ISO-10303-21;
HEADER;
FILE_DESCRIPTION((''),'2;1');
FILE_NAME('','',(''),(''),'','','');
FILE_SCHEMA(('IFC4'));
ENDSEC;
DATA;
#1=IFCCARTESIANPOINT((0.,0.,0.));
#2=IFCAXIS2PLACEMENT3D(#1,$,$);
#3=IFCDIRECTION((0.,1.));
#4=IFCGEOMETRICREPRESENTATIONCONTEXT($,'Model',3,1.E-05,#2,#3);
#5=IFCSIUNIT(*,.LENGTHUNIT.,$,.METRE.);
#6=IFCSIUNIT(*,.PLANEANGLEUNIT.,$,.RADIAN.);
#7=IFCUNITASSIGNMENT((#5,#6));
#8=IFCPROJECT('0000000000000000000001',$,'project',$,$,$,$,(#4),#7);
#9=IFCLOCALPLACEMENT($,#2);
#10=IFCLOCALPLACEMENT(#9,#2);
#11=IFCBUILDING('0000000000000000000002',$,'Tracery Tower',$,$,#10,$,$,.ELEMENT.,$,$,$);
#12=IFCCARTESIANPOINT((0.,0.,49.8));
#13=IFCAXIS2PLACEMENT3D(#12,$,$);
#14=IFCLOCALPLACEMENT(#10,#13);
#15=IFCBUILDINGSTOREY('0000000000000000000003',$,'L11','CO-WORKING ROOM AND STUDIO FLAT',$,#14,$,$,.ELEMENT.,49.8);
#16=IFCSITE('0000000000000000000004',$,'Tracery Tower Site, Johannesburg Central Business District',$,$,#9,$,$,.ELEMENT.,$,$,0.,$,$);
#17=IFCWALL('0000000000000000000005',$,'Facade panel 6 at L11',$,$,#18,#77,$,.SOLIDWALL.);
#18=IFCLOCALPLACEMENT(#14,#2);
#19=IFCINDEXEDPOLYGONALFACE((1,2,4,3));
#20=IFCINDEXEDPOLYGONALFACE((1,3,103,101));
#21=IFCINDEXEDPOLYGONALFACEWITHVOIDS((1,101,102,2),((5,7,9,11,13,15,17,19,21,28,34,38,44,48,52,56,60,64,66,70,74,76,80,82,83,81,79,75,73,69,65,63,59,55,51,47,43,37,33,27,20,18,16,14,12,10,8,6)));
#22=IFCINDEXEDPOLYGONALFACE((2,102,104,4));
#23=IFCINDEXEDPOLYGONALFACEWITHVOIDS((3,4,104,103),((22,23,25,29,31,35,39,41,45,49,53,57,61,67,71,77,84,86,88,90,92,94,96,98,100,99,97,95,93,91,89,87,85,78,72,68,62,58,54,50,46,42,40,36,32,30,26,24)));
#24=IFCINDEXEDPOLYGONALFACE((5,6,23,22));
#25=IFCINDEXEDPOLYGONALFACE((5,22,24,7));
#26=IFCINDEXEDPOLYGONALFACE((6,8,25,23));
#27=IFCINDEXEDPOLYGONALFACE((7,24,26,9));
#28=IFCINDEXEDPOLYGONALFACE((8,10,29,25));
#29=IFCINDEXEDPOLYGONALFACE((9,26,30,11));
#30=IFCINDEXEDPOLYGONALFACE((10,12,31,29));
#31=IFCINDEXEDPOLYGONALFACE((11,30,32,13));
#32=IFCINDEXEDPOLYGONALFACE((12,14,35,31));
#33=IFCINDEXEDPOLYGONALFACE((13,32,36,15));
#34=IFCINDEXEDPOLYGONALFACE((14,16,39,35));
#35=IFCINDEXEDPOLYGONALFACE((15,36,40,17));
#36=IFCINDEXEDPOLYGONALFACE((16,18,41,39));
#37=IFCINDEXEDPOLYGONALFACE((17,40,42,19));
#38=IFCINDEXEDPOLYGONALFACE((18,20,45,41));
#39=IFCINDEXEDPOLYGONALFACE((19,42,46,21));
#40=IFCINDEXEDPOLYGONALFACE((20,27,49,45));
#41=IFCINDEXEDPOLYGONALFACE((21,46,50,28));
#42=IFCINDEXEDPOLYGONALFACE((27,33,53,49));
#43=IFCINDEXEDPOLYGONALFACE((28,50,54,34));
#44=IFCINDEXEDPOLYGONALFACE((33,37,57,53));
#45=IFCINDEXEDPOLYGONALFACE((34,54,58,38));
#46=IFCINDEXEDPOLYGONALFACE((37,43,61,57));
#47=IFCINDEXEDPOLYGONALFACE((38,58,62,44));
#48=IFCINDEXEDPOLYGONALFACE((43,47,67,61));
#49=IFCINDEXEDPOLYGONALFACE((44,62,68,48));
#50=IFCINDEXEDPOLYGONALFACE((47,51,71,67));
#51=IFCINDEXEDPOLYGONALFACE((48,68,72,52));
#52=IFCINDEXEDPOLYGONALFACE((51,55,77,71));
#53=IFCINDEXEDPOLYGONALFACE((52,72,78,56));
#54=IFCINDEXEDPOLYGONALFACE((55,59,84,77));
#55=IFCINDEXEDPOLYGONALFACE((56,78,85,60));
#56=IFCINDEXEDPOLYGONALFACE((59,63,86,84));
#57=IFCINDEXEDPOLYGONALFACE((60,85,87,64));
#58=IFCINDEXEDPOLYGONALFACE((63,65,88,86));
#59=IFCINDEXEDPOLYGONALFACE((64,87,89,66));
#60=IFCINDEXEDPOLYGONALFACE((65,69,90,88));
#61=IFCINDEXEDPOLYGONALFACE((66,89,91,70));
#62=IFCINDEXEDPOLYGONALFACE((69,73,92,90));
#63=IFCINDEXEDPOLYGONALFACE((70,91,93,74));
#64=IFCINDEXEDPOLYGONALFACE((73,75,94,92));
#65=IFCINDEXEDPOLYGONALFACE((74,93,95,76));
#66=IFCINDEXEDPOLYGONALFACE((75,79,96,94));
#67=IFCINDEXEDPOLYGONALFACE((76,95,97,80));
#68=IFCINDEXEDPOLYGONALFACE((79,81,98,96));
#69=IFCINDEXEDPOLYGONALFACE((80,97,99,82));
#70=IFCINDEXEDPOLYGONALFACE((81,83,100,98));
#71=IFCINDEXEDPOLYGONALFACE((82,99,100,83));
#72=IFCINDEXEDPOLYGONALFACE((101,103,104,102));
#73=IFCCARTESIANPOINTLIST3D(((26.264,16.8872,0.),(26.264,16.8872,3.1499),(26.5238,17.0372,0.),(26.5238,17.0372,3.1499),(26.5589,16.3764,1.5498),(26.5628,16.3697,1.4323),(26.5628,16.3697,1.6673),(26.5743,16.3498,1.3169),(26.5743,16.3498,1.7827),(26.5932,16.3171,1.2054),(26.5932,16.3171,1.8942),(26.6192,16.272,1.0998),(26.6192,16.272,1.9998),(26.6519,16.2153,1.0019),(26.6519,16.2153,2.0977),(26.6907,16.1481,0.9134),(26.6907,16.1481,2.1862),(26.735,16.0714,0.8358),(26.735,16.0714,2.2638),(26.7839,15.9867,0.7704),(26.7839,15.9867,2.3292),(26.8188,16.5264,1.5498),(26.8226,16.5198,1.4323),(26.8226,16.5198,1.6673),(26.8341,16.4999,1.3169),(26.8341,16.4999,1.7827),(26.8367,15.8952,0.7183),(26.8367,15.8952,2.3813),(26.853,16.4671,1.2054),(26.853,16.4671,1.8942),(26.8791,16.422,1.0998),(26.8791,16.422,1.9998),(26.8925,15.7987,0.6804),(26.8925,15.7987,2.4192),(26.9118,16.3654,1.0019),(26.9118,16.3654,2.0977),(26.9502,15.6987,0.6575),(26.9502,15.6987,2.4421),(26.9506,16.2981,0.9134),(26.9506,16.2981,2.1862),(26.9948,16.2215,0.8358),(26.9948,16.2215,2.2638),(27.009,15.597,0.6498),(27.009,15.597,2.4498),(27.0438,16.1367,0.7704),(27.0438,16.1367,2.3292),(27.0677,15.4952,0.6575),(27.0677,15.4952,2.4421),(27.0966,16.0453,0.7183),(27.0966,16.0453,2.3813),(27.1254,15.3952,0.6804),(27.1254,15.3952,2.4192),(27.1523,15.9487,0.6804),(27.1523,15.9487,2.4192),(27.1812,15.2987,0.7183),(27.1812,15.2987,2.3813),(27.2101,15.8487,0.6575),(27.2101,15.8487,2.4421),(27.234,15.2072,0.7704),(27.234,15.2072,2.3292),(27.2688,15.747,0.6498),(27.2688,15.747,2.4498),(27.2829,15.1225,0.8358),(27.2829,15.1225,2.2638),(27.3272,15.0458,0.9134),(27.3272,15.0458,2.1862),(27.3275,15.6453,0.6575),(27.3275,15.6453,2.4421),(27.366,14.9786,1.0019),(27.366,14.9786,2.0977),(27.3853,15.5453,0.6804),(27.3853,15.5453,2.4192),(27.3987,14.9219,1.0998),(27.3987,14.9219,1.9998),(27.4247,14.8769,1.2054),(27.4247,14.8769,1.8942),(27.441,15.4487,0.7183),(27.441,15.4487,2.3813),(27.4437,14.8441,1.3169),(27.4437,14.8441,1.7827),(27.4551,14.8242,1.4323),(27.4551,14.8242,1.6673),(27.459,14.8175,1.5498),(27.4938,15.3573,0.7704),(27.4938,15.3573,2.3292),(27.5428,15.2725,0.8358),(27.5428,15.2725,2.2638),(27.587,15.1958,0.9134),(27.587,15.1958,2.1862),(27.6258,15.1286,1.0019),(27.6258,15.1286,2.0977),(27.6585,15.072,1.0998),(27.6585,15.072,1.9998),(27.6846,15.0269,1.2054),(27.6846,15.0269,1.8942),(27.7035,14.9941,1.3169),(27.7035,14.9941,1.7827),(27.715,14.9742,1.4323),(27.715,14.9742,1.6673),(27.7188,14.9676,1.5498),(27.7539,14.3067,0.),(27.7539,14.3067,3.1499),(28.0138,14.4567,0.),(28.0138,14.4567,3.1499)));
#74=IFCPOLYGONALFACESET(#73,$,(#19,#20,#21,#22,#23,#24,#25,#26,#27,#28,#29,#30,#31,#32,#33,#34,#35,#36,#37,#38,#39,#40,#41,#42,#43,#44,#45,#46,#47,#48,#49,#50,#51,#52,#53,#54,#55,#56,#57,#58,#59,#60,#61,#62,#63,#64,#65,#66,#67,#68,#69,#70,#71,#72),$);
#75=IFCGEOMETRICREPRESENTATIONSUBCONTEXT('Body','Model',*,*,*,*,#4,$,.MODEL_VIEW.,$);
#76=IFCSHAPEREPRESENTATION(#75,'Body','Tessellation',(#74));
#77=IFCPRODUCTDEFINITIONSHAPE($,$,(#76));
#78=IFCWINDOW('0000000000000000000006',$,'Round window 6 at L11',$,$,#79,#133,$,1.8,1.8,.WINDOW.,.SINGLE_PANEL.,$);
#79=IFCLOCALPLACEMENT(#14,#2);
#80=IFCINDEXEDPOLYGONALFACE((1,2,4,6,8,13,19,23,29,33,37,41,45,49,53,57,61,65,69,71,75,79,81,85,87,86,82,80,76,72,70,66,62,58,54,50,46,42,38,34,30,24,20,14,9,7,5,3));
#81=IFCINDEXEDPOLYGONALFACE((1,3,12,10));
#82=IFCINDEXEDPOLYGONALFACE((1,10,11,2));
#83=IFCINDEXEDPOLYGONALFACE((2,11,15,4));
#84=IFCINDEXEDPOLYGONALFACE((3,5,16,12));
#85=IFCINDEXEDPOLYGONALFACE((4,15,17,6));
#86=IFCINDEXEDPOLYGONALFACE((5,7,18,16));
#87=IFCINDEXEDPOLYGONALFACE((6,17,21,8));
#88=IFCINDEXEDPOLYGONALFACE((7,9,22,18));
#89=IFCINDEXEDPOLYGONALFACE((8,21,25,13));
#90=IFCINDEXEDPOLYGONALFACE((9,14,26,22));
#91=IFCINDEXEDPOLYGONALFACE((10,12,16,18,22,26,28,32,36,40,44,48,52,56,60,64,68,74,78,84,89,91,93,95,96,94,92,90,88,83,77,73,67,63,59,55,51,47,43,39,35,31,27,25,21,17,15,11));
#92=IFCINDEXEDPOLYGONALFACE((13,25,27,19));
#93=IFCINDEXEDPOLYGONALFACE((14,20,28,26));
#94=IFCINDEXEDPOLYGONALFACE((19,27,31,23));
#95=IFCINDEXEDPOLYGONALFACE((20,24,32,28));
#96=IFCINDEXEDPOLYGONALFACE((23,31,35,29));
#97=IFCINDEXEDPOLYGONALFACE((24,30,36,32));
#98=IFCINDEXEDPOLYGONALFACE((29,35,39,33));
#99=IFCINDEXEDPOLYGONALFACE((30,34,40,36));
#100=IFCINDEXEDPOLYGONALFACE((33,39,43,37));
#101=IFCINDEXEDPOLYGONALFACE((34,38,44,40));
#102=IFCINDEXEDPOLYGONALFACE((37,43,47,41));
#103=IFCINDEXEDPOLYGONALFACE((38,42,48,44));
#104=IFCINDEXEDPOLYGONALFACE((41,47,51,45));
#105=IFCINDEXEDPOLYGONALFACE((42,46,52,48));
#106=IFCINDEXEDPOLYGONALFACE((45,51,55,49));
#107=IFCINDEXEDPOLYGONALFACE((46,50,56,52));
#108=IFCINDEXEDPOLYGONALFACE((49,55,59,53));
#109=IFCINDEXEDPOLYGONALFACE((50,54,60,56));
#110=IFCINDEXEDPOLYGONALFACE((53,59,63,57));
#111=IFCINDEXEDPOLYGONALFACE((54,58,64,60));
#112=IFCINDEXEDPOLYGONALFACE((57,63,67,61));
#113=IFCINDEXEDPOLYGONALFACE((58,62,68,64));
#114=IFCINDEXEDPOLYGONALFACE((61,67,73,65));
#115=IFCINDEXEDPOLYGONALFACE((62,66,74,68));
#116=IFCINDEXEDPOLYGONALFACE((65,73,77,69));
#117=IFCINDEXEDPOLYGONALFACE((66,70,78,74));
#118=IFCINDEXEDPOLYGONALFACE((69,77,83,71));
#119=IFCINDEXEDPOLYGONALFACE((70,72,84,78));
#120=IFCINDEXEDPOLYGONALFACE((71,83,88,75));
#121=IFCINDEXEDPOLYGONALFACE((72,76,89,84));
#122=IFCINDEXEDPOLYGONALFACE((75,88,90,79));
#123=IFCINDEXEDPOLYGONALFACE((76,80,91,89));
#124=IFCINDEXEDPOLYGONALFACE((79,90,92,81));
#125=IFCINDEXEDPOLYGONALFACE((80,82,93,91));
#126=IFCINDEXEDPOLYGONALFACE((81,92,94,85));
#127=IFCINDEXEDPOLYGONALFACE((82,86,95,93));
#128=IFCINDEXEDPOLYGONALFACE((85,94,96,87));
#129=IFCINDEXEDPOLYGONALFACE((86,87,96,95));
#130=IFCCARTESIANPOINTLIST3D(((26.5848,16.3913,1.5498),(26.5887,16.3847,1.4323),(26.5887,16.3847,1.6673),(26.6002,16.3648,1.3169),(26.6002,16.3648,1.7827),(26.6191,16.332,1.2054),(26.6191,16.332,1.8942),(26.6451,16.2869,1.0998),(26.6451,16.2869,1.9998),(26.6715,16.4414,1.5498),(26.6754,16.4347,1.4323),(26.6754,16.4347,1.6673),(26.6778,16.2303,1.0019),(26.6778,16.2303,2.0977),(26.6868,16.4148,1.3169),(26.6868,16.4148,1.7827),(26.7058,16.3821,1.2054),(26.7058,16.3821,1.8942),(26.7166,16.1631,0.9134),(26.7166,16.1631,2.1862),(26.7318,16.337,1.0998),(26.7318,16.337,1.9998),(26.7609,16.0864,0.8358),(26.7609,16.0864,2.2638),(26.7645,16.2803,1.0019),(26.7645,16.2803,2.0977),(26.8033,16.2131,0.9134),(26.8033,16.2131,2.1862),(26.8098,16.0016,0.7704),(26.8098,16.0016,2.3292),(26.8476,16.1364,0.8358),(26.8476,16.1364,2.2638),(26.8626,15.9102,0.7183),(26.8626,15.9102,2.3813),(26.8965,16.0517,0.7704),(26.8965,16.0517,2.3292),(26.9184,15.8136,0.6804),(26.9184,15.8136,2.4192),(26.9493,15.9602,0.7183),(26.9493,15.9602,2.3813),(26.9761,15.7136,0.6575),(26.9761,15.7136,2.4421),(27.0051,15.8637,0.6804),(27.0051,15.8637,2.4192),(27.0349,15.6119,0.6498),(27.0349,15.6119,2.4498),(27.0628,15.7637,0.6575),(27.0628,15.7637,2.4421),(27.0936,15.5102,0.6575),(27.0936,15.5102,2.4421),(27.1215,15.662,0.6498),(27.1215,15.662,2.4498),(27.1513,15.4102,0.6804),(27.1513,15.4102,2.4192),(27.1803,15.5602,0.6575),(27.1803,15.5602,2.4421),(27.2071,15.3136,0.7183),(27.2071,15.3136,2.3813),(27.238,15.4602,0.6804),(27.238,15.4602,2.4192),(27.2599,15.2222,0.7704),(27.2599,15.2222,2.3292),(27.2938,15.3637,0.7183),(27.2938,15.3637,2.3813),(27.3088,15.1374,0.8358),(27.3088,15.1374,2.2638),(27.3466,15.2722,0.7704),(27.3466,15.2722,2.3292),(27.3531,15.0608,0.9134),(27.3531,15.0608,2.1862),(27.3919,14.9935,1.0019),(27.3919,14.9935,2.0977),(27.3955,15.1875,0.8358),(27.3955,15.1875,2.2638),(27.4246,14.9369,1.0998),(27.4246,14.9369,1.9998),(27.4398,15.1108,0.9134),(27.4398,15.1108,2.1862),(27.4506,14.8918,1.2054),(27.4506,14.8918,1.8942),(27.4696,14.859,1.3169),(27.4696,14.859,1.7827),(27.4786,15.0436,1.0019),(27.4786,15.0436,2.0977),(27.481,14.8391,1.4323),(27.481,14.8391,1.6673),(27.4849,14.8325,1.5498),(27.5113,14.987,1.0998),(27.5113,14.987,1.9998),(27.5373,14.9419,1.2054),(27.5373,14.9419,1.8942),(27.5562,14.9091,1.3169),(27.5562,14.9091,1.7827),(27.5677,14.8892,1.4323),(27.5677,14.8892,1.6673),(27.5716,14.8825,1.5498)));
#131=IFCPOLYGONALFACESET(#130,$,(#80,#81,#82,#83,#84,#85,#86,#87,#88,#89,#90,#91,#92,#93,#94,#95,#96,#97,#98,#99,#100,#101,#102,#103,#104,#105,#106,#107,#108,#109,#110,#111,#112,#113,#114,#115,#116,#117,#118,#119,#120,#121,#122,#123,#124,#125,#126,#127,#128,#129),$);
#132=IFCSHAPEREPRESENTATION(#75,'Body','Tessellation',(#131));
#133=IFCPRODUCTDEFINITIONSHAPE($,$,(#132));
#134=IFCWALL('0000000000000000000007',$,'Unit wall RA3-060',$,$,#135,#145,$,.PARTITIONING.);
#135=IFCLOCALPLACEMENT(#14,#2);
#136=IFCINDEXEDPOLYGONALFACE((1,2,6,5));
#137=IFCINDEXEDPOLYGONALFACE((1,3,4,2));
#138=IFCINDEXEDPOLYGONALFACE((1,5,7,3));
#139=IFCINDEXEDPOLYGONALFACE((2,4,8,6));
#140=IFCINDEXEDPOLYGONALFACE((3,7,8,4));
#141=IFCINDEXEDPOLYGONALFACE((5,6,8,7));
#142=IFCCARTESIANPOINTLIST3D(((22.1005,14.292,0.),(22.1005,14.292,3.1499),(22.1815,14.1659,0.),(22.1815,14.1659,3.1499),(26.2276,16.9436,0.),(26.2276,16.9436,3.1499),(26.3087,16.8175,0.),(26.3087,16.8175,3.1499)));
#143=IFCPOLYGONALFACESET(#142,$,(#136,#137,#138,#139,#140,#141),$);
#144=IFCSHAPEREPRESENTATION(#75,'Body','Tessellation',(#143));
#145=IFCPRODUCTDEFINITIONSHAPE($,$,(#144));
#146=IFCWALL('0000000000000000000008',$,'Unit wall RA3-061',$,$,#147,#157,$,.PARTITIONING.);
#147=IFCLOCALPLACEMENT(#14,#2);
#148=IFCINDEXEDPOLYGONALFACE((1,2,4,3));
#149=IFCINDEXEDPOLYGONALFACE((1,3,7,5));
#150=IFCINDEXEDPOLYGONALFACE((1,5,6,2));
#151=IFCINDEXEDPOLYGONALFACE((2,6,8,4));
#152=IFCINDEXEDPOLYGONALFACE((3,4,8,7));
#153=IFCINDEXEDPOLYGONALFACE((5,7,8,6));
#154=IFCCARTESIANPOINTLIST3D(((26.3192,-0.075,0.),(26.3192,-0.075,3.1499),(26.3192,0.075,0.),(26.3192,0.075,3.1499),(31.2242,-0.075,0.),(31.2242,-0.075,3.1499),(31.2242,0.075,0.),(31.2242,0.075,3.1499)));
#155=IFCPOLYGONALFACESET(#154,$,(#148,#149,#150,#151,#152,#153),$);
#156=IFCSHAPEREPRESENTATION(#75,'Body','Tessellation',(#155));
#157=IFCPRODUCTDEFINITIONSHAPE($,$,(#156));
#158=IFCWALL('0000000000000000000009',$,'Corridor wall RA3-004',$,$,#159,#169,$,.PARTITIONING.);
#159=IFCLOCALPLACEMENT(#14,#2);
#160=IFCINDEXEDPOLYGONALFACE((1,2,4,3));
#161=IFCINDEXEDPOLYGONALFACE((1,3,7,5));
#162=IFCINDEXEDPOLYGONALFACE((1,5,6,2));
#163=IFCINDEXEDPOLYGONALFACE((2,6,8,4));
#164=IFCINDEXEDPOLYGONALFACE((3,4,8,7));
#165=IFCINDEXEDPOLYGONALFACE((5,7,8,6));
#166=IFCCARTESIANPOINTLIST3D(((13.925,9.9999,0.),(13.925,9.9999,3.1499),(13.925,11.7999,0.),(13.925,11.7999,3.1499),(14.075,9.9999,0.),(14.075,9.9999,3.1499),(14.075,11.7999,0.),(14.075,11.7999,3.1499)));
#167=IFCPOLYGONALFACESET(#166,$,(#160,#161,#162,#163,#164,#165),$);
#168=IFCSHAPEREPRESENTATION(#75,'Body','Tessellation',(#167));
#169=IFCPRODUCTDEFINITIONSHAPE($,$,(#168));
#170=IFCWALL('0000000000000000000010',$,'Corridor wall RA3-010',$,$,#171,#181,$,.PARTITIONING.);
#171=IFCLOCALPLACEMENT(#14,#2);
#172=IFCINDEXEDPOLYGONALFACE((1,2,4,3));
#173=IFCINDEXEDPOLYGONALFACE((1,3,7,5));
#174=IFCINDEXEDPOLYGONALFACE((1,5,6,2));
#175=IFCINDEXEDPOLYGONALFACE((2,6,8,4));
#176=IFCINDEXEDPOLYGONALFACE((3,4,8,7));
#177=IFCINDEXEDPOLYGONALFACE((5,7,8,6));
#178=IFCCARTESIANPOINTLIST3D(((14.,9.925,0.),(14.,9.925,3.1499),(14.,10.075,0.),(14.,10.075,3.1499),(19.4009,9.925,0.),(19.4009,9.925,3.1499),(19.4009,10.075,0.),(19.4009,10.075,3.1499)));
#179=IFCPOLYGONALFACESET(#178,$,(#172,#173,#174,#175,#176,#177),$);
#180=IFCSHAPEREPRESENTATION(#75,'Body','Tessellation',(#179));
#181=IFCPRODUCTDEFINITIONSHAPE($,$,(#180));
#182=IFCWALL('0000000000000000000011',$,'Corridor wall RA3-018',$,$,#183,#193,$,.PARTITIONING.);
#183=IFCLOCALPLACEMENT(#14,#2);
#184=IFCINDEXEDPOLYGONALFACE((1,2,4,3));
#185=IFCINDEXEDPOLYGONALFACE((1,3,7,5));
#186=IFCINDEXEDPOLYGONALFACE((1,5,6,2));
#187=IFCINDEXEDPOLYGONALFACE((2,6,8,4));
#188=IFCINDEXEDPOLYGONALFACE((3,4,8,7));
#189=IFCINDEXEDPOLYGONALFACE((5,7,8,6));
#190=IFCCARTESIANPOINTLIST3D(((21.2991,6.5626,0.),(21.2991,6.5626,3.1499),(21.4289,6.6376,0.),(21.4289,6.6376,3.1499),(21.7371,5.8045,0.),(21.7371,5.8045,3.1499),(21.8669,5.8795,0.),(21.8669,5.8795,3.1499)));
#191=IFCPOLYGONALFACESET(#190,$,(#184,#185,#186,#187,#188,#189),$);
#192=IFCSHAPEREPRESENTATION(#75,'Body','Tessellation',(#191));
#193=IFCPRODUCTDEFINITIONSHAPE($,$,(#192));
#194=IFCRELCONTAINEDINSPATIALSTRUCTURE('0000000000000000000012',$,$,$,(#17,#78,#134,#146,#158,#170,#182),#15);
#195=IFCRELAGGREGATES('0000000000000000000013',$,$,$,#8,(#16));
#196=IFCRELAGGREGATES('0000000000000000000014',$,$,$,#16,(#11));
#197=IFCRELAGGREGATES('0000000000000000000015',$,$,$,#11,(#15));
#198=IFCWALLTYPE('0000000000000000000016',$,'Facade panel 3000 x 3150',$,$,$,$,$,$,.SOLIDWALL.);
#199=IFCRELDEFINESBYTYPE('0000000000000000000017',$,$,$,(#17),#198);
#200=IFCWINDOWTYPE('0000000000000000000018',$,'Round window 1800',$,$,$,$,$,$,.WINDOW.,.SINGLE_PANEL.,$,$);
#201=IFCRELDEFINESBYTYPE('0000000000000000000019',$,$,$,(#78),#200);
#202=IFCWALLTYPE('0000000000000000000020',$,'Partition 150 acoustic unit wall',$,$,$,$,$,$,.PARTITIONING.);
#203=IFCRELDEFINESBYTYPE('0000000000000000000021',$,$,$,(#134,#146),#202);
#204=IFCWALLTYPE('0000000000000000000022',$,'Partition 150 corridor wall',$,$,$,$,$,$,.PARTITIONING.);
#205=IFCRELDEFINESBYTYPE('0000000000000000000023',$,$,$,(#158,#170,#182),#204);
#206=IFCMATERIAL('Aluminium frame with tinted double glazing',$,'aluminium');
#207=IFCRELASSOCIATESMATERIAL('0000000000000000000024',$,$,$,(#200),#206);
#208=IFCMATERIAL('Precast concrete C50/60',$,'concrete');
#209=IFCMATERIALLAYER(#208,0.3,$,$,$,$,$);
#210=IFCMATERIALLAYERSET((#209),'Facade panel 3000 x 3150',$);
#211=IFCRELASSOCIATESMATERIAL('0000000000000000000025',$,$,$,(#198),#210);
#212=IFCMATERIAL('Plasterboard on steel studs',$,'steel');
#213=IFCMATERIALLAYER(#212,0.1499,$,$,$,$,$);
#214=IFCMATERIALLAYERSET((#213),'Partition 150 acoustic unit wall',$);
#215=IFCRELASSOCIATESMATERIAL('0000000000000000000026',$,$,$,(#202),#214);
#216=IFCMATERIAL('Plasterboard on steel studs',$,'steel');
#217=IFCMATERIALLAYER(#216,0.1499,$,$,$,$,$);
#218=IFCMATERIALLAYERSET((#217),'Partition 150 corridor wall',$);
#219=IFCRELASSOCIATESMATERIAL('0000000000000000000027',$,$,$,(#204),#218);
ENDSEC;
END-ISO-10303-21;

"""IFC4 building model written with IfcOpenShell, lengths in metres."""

from ifc_helpers import new_model, si_unit, direction, frame, frame_2d, origin, origin_2d, place, context, subcontext, project, spatial, rectangle, circle, extrude, material, layer, layer_set, type_object, element, fill, save


model = new_model("IFC4")

# Units and contexts
model_context = context("Model", 3, precision=1e-05, world=origin(), true_north=direction((0.0, 1.0)))
body_context = subcontext(model_context, "Body", "Model", "MODEL_VIEW")
ifc_project = project(units=[si_unit("LENGTHUNIT", "METRE"), si_unit("PLANEANGLEUNIT", "RADIAN")], contexts=[model_context])

# Site, building, storey
site_placement = place(None, origin())
site = spatial("IfcSite", under=ifc_project, at=site_placement, Name="Tracery Tower Site, Johannesburg Central Business District", CompositionType="ELEMENT", RefElevation=0.0)
building_placement = place(site_placement, origin())
building = spatial("IfcBuilding", under=site, at=building_placement, Name="Tracery Tower", CompositionType="ELEMENT")
storey_placement = place(building_placement, frame((0.0, 0.0, 49.8)))
storey = spatial("IfcBuildingStorey", under=building, at=storey_placement, Name="L11", Description="CO-WORKING ROOM AND STUDIO FLAT", CompositionType="ELEMENT", Elevation=49.8)

# Wall, opening, window
ifc_material_1 = material(Name="Aluminium frame with tinted double glazing", Category="aluminium")
window_type = type_object("IfcWindowType", Name="Round window 1800", PartitioningType="SINGLE_PANEL", PredefinedType="WINDOW", material=ifc_material_1)
ifc_material_2 = material(Name="Precast concrete C50/60", Category="concrete")
ifc_layer_1 = layer(ifc_material_2, 0.3)
ifc_layer_set_1 = layer_set([ifc_layer_1], Name="Facade panel 3000 x 3150")
wall_type_1 = type_object("IfcWallType", Name="Facade panel 3000 x 3150", PredefinedType="SOLIDWALL", material=ifc_layer_set_1)
wall_1_placement = place(storey_placement, frame((27.8838, 14.3818, 0.0), z_axis=(0.0, 0.0, 1.0), x_axis=(-0.500025, 0.866011, 0.0)))
wall_1 = element("IfcWall", 1, at=wall_1_placement, inside=storey, type_object=wall_type_1, Name="Facade panel 6 at L11", PredefinedType="SOLIDWALL", context=body_context, shape_type="SweptSolid", body=[
    extrude(rectangle(XDim=2.9797, YDim=0.3, at=frame_2d((1.4897, 0.0))), origin(), (0.0, 0.0, 1.0), 3.1499),
])
opening_1_placement = place(wall_1_placement, frame((1.4897, 0.0, 1.5498)))
opening_1 = element("IfcOpeningElement", 2, at=opening_1_placement, cuts=wall_1, PredefinedType="OPENING", context=body_context, shape_type="SweptSolid", body=[
    extrude(circle(Radius=0.9, at=origin_2d()), frame((0.0, 0.1599, 0.0), z_axis=(0.0, -1.0, 0.0), x_axis=(1.0, 0.0, 0.0)), (0.0, 0.0, 1.0), 0.3201),
])
window_1_placement = place(opening_1_placement, origin())
window_1 = element("IfcWindow", 3, at=window_1_placement, inside=storey, type_object=window_type, Name="Round window 6 at L11", OverallHeight=1.8, OverallWidth=1.8, PartitioningType="SINGLE_PANEL", PredefinedType="WINDOW", context=body_context, shape_type="SweptSolid", body=[
    extrude(circle(Radius=0.9, at=origin_2d()), frame((0.0, 0.1201, 0.0), z_axis=(0.0, -1.0, 0.0), x_axis=(1.0, 0.0, 0.0)), (0.0, 0.0, 1.0), 0.1001),
])
fill(opening_1, window_1)

# Walls
ifc_material_3 = material(Name="Plasterboard on steel studs", Category="steel")
ifc_layer_2 = layer(ifc_material_3, 0.1499)
ifc_layer_set_2 = layer_set([ifc_layer_2], Name="Partition 150 acoustic unit wall")
wall_type_2 = type_object("IfcWallType", Name="Partition 150 acoustic unit wall", PredefinedType="PARTITIONING", material=ifc_layer_set_2)
wall_2_placement = place(storey_placement, frame((22.1411, 14.229, 0.0), z_axis=(0.0, 0.0, 1.0), x_axis=(0.841326, 0.540529, 0.0)))
element("IfcWall", 4, at=wall_2_placement, inside=storey, type_object=wall_type_2, Name="Unit wall RA3-060", PredefinedType="PARTITIONING", context=body_context, shape_type="SweptSolid", body=[
    extrude(rectangle(XDim=4.9055, YDim=0.1499, at=frame_2d((2.4526, 0.0))), origin(), (0.0, 0.0, 1.0), 3.1499),
])
wall_3_placement = place(storey_placement, frame((26.3191, 0.0, 0.0), z_axis=(0.0, 0.0, 1.0), x_axis=(1.0, 0.0, 0.0)))
element("IfcWall", 5, at=wall_3_placement, inside=storey, type_object=wall_type_2, Name="Unit wall RA3-061", PredefinedType="PARTITIONING", context=body_context, shape_type="SweptSolid", body=[
    extrude(rectangle(XDim=4.905, YDim=0.1499, at=frame_2d((2.4526, 0.0))), origin(), (0.0, 0.0, 1.0), 3.1499),
])
ifc_material_4 = material(Name="Plasterboard on steel studs", Category="steel")
ifc_layer_3 = layer(ifc_material_4, 0.1499)
ifc_layer_set_3 = layer_set([ifc_layer_3], Name="Partition 150 corridor wall")
wall_type_3 = type_object("IfcWallType", Name="Partition 150 corridor wall", PredefinedType="PARTITIONING", material=ifc_layer_set_3)
wall_4_placement = place(storey_placement, frame((14.0, 10.0, 0.0), z_axis=(0.0, 0.0, 1.0), x_axis=(0.0, 1.0, 0.0)))
element("IfcWall", 6, at=wall_4_placement, inside=storey, type_object=wall_type_3, Name="Corridor wall RA3-004", PredefinedType="PARTITIONING", context=body_context, shape_type="SweptSolid", body=[
    extrude(rectangle(XDim=1.8, YDim=0.1499, at=frame_2d((0.8999, 0.0))), origin(), (0.0, 0.0, 1.0), 3.1499),
])
wall_5_placement = place(storey_placement, frame((14.0, 10.0, 0.0), z_axis=(0.0, 0.0, 1.0), x_axis=(1.0, 0.0, 0.0)))
element("IfcWall", 7, at=wall_5_placement, inside=storey, type_object=wall_type_3, Name="Corridor wall RA3-010", PredefinedType="PARTITIONING", context=body_context, shape_type="SweptSolid", body=[
    extrude(rectangle(XDim=5.4009, YDim=0.1499, at=frame_2d((2.7004, 0.0))), origin(), (0.0, 0.0, 1.0), 3.1499),
])
wall_6_placement = place(storey_placement, frame((21.364, 6.6001, 0.0), z_axis=(0.0, 0.0, 1.0), x_axis=(0.500278, -0.865865, 0.0)))
element("IfcWall", 8, at=wall_6_placement, inside=storey, type_object=wall_type_3, Name="Corridor wall RA3-018", PredefinedType="PARTITIONING", context=body_context, shape_type="SweptSolid", body=[
    extrude(rectangle(XDim=0.8755, YDim=0.1499, at=frame_2d((0.4377, 0.0))), origin(), (0.0, 0.0, 1.0), 3.1499),
])

save(model, "model.ifc")
